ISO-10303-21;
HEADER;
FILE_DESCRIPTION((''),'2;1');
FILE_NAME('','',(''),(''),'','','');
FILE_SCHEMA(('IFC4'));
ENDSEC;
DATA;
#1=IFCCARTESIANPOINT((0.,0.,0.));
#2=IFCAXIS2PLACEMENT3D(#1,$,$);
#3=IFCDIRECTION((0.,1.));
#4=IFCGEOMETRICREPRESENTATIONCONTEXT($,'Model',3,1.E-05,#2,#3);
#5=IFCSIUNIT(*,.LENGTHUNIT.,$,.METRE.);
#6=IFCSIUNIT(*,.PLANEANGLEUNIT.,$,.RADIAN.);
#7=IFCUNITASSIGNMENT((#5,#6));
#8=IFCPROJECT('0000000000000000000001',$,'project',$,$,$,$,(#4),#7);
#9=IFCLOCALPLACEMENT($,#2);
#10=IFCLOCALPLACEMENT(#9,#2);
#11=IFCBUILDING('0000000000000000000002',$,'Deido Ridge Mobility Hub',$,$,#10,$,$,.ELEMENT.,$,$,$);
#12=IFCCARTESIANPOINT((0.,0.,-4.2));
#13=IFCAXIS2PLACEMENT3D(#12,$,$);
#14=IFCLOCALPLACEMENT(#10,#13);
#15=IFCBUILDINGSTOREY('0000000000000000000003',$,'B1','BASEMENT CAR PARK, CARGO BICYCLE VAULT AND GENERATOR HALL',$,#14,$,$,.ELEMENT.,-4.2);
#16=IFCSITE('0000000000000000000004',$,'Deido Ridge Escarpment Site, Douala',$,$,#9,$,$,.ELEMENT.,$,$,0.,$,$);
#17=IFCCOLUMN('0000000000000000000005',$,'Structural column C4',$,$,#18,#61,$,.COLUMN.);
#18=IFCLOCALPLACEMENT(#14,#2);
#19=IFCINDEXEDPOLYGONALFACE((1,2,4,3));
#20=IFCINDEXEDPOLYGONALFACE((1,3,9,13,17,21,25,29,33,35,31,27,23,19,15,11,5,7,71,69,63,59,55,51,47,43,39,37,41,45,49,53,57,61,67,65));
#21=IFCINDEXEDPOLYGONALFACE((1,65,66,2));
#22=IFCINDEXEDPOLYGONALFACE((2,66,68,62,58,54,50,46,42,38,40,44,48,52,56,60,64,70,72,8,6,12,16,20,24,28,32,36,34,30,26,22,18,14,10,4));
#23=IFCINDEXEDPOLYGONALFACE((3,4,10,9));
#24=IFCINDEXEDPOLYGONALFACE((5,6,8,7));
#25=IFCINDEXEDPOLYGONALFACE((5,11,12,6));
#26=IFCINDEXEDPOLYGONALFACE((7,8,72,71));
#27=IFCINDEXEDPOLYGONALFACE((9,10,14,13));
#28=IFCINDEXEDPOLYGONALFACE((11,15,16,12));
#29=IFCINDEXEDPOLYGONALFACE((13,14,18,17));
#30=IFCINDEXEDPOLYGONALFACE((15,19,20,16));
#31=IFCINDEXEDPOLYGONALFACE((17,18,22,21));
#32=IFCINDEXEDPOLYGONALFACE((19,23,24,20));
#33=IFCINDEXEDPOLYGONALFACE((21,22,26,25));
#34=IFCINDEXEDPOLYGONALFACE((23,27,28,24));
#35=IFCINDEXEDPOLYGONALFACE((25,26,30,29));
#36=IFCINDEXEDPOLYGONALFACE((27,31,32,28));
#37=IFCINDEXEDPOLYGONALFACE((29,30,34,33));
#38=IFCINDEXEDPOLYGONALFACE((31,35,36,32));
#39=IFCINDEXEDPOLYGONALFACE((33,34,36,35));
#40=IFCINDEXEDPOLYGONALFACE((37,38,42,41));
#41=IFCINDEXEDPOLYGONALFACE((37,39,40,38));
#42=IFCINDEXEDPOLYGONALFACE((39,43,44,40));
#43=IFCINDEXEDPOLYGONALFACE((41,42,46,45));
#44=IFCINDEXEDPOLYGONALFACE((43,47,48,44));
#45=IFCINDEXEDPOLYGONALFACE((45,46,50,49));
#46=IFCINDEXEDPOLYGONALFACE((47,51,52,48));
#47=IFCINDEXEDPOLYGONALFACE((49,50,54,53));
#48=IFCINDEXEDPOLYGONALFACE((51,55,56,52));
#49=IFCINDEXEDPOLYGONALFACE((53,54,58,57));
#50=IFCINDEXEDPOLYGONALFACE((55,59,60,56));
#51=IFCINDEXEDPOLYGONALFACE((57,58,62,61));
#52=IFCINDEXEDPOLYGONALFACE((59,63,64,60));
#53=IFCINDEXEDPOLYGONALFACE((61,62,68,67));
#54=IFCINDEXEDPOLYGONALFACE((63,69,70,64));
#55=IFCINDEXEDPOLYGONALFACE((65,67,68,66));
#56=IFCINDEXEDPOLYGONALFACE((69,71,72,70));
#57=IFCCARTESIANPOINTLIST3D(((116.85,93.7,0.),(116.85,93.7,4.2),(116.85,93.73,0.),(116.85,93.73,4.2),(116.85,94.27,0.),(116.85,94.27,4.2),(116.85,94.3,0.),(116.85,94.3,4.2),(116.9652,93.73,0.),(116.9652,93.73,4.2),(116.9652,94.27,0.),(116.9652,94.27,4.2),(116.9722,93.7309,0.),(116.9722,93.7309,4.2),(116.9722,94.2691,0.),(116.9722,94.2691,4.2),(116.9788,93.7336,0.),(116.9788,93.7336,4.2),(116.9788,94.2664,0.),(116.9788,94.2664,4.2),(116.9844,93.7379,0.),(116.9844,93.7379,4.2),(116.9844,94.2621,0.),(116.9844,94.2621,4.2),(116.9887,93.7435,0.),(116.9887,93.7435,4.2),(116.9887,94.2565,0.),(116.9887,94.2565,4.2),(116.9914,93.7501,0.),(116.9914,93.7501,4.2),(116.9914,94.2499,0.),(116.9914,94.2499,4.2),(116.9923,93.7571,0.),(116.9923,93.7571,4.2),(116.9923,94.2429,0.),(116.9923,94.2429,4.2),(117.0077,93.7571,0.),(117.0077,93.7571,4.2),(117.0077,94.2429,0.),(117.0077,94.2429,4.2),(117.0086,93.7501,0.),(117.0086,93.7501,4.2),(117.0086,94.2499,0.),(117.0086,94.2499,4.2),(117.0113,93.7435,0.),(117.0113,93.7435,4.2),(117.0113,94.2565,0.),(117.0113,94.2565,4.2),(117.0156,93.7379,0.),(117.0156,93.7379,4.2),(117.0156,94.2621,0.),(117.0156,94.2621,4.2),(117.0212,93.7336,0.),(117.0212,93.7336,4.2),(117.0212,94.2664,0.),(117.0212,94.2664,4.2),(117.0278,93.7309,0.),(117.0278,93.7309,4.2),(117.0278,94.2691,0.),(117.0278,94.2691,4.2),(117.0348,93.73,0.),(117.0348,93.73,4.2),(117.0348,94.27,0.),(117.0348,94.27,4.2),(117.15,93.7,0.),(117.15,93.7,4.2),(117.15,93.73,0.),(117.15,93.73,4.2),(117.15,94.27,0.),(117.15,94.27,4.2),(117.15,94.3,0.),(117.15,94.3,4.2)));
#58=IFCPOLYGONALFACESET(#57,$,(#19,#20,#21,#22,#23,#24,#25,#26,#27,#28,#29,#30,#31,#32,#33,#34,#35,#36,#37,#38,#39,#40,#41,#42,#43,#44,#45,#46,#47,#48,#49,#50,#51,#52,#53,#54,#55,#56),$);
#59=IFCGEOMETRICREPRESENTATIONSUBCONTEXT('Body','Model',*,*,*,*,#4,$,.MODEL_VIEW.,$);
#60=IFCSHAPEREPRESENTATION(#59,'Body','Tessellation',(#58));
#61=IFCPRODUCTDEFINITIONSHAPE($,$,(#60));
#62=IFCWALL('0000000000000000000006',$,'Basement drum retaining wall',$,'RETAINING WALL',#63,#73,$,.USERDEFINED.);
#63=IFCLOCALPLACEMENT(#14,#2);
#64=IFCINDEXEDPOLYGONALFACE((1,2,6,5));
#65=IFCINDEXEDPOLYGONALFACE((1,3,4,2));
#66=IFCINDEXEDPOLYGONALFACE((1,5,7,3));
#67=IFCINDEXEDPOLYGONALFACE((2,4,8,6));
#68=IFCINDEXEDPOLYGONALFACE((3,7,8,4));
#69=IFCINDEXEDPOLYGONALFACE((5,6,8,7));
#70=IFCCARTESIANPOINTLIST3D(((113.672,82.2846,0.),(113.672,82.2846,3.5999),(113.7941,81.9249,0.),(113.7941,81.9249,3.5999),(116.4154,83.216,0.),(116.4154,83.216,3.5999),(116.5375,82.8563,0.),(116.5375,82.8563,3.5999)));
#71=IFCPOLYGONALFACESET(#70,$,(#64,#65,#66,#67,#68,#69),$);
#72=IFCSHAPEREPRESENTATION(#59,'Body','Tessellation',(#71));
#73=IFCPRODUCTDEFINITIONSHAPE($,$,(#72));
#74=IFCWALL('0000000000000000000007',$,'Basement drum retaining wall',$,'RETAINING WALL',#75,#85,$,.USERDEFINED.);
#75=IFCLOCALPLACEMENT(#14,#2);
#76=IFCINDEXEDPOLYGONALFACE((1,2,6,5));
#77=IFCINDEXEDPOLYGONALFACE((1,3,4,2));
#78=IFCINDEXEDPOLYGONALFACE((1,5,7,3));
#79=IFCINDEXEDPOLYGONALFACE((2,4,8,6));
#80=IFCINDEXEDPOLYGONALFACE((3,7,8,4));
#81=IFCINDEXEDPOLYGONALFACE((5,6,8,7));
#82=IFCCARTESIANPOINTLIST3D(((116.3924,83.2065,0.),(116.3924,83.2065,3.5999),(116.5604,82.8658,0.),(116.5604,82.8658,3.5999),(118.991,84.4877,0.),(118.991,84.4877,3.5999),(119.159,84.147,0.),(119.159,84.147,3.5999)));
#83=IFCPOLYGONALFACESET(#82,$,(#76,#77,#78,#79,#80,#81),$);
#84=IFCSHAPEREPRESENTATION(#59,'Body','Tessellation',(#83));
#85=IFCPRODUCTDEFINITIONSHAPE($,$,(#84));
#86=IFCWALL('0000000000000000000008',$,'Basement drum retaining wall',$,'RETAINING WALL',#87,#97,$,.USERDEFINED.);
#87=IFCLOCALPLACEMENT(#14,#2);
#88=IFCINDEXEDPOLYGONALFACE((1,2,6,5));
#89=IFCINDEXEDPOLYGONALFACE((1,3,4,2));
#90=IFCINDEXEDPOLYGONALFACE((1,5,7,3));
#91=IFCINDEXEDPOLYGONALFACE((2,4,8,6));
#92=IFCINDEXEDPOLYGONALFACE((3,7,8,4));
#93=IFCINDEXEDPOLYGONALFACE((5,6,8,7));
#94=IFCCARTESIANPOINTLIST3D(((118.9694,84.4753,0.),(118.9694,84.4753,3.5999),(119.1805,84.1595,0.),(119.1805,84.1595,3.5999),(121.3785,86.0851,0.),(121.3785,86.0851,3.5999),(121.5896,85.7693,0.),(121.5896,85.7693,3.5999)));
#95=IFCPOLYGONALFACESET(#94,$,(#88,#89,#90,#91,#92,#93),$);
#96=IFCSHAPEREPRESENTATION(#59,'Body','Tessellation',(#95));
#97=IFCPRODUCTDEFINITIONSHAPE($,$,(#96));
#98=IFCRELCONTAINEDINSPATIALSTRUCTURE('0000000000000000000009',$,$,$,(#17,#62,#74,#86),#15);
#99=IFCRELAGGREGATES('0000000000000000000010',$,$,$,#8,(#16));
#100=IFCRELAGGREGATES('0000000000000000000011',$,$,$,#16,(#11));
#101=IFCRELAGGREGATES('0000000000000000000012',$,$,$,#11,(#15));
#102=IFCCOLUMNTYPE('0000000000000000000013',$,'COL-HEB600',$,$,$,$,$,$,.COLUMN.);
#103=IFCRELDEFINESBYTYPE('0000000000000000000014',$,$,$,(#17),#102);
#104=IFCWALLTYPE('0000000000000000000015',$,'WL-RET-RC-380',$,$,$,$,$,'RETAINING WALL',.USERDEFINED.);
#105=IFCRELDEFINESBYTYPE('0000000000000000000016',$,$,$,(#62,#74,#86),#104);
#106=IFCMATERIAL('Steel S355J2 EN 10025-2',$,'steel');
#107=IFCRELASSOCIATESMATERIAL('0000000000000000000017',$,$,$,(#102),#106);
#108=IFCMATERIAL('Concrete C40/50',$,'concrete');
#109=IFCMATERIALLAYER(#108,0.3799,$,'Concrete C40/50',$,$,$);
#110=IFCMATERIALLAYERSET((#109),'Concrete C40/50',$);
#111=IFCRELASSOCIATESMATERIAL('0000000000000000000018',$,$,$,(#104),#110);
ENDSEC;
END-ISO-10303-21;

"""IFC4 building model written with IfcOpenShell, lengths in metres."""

from ifc_helpers import new_model, si_unit, direction, frame, frame_2d, origin, origin_2d, place, context, subcontext, project, spatial, rectangle, i_section, extrude, material, layer, layer_set, material_profile, profile_set, type_object, element, save


model = new_model("IFC4")

# Units and contexts
model_context = context("Model", 3, precision=1e-05, world=origin(), true_north=direction((0.0, 1.0)))
body_context = subcontext(model_context, "Body", "Model", "MODEL_VIEW")
ifc_project = project(units=[si_unit("LENGTHUNIT", "METRE"), si_unit("PLANEANGLEUNIT", "RADIAN")], contexts=[model_context])

# Site, building, storey
site_placement = place(None, origin())
site = spatial("IfcSite", under=ifc_project, at=site_placement, Name="Deido Ridge Escarpment Site, Douala", CompositionType="ELEMENT", RefElevation=0.0)
building_placement = place(site_placement, origin())
building = spatial("IfcBuilding", under=site, at=building_placement, Name="Deido Ridge Mobility Hub", CompositionType="ELEMENT")
storey_placement = place(building_placement, frame((0.0, 0.0, -4.2)))
storey = spatial("IfcBuildingStorey", under=building, at=storey_placement, Name="B1", Description="BASEMENT CAR PARK, CARGO BICYCLE VAULT AND GENERATOR HALL", CompositionType="ELEMENT", Elevation=-4.2)

# Shared definitions
ifc_material_1 = material(Name="Concrete C40/50", Category="concrete")

# Column
ifc_material_2 = material(Name="Steel S355J2 EN 10025-2", Category="steel")
ifc_material_profile_1 = material_profile(ifc_material_2, i_section(OverallWidth=0.3, OverallDepth=0.6001, WebThickness=0.0154, FlangeThickness=0.03, FilletRadius=0.0271, at=origin_2d()), Name="HEB 600")
ifc_profile_set_1 = profile_set([ifc_material_profile_1], Name="Steel S355J2 EN 10025-2")
column_type_1 = type_object("IfcColumnType", Name="COL-HEB600", PredefinedType="COLUMN", material=ifc_profile_set_1)
for number, where, z_axis, x_axis, name in (
    (1, (117.0, 94.0, 0.0), (0.0, 0.0, 1.0), (1.0, 0.0, 0.0), "Structural column C4"),
):
    element("IfcColumn", number, at=place(storey_placement, frame(where, z_axis=z_axis, x_axis=x_axis)), inside=storey, type_object=column_type_1, Name=name, PredefinedType="COLUMN", context=body_context, shape_type="SweptSolid", body=[
        extrude(i_section(OverallWidth=0.3, OverallDepth=0.6001, WebThickness=0.0154, FlangeThickness=0.03, FilletRadius=0.0271, at=origin_2d()), origin(), (0.0, 0.0, 1.0), 4.2),
    ])

# Walls
ifc_layer = layer(ifc_material_1, 0.3799, Name="Concrete C40/50")
ifc_layer_set = layer_set([ifc_layer], Name="Concrete C40/50")
wall_type = type_object("IfcWallType", Name="WL-RET-RC-380", ElementType="RETAINING WALL", PredefinedType="USERDEFINED", material=ifc_layer_set)
for number, where, z_axis, x_axis, name in (
    (2, (113.7329, 82.1047, 0.0), (0.0, 0.0, 1.0), (0.946916, 0.321481, 0.0), "Basement drum retaining wall"),
    (3, (116.4763, 83.0361, 0.0), (0.0, 0.0, 1.0), (0.896907, 0.442218, 0.0), "Basement drum retaining wall"),
):
    element("IfcWall", number, at=place(storey_placement, frame(where, z_axis=z_axis, x_axis=x_axis)), inside=storey, type_object=wall_type, Name=name, ObjectType="RETAINING WALL", PredefinedType="USERDEFINED", context=body_context, shape_type="SweptSolid", body=[
        extrude(rectangle(XDim=2.8972, YDim=0.3799, at=frame_2d((1.4487, 0.0))), origin(), (0.0, 0.0, 1.0), 3.5999),
    ])
wall_placement = place(storey_placement, frame((119.075, 84.3174, 0.0), z_axis=(0.0, 0.0, 1.0), x_axis=(0.831454, 0.555594, 0.0)))
element("IfcWall", 4, at=wall_placement, inside=storey, type_object=wall_type, Name="Basement drum retaining wall", ObjectType="RETAINING WALL", PredefinedType="USERDEFINED", context=body_context, shape_type="SweptSolid", body=[
    extrude(rectangle(XDim=2.8975, YDim=0.3799, at=frame_2d((1.4487, 0.0))), origin(), (0.0, 0.0, 1.0), 3.5999),
])

save(model, "model.ifc")
